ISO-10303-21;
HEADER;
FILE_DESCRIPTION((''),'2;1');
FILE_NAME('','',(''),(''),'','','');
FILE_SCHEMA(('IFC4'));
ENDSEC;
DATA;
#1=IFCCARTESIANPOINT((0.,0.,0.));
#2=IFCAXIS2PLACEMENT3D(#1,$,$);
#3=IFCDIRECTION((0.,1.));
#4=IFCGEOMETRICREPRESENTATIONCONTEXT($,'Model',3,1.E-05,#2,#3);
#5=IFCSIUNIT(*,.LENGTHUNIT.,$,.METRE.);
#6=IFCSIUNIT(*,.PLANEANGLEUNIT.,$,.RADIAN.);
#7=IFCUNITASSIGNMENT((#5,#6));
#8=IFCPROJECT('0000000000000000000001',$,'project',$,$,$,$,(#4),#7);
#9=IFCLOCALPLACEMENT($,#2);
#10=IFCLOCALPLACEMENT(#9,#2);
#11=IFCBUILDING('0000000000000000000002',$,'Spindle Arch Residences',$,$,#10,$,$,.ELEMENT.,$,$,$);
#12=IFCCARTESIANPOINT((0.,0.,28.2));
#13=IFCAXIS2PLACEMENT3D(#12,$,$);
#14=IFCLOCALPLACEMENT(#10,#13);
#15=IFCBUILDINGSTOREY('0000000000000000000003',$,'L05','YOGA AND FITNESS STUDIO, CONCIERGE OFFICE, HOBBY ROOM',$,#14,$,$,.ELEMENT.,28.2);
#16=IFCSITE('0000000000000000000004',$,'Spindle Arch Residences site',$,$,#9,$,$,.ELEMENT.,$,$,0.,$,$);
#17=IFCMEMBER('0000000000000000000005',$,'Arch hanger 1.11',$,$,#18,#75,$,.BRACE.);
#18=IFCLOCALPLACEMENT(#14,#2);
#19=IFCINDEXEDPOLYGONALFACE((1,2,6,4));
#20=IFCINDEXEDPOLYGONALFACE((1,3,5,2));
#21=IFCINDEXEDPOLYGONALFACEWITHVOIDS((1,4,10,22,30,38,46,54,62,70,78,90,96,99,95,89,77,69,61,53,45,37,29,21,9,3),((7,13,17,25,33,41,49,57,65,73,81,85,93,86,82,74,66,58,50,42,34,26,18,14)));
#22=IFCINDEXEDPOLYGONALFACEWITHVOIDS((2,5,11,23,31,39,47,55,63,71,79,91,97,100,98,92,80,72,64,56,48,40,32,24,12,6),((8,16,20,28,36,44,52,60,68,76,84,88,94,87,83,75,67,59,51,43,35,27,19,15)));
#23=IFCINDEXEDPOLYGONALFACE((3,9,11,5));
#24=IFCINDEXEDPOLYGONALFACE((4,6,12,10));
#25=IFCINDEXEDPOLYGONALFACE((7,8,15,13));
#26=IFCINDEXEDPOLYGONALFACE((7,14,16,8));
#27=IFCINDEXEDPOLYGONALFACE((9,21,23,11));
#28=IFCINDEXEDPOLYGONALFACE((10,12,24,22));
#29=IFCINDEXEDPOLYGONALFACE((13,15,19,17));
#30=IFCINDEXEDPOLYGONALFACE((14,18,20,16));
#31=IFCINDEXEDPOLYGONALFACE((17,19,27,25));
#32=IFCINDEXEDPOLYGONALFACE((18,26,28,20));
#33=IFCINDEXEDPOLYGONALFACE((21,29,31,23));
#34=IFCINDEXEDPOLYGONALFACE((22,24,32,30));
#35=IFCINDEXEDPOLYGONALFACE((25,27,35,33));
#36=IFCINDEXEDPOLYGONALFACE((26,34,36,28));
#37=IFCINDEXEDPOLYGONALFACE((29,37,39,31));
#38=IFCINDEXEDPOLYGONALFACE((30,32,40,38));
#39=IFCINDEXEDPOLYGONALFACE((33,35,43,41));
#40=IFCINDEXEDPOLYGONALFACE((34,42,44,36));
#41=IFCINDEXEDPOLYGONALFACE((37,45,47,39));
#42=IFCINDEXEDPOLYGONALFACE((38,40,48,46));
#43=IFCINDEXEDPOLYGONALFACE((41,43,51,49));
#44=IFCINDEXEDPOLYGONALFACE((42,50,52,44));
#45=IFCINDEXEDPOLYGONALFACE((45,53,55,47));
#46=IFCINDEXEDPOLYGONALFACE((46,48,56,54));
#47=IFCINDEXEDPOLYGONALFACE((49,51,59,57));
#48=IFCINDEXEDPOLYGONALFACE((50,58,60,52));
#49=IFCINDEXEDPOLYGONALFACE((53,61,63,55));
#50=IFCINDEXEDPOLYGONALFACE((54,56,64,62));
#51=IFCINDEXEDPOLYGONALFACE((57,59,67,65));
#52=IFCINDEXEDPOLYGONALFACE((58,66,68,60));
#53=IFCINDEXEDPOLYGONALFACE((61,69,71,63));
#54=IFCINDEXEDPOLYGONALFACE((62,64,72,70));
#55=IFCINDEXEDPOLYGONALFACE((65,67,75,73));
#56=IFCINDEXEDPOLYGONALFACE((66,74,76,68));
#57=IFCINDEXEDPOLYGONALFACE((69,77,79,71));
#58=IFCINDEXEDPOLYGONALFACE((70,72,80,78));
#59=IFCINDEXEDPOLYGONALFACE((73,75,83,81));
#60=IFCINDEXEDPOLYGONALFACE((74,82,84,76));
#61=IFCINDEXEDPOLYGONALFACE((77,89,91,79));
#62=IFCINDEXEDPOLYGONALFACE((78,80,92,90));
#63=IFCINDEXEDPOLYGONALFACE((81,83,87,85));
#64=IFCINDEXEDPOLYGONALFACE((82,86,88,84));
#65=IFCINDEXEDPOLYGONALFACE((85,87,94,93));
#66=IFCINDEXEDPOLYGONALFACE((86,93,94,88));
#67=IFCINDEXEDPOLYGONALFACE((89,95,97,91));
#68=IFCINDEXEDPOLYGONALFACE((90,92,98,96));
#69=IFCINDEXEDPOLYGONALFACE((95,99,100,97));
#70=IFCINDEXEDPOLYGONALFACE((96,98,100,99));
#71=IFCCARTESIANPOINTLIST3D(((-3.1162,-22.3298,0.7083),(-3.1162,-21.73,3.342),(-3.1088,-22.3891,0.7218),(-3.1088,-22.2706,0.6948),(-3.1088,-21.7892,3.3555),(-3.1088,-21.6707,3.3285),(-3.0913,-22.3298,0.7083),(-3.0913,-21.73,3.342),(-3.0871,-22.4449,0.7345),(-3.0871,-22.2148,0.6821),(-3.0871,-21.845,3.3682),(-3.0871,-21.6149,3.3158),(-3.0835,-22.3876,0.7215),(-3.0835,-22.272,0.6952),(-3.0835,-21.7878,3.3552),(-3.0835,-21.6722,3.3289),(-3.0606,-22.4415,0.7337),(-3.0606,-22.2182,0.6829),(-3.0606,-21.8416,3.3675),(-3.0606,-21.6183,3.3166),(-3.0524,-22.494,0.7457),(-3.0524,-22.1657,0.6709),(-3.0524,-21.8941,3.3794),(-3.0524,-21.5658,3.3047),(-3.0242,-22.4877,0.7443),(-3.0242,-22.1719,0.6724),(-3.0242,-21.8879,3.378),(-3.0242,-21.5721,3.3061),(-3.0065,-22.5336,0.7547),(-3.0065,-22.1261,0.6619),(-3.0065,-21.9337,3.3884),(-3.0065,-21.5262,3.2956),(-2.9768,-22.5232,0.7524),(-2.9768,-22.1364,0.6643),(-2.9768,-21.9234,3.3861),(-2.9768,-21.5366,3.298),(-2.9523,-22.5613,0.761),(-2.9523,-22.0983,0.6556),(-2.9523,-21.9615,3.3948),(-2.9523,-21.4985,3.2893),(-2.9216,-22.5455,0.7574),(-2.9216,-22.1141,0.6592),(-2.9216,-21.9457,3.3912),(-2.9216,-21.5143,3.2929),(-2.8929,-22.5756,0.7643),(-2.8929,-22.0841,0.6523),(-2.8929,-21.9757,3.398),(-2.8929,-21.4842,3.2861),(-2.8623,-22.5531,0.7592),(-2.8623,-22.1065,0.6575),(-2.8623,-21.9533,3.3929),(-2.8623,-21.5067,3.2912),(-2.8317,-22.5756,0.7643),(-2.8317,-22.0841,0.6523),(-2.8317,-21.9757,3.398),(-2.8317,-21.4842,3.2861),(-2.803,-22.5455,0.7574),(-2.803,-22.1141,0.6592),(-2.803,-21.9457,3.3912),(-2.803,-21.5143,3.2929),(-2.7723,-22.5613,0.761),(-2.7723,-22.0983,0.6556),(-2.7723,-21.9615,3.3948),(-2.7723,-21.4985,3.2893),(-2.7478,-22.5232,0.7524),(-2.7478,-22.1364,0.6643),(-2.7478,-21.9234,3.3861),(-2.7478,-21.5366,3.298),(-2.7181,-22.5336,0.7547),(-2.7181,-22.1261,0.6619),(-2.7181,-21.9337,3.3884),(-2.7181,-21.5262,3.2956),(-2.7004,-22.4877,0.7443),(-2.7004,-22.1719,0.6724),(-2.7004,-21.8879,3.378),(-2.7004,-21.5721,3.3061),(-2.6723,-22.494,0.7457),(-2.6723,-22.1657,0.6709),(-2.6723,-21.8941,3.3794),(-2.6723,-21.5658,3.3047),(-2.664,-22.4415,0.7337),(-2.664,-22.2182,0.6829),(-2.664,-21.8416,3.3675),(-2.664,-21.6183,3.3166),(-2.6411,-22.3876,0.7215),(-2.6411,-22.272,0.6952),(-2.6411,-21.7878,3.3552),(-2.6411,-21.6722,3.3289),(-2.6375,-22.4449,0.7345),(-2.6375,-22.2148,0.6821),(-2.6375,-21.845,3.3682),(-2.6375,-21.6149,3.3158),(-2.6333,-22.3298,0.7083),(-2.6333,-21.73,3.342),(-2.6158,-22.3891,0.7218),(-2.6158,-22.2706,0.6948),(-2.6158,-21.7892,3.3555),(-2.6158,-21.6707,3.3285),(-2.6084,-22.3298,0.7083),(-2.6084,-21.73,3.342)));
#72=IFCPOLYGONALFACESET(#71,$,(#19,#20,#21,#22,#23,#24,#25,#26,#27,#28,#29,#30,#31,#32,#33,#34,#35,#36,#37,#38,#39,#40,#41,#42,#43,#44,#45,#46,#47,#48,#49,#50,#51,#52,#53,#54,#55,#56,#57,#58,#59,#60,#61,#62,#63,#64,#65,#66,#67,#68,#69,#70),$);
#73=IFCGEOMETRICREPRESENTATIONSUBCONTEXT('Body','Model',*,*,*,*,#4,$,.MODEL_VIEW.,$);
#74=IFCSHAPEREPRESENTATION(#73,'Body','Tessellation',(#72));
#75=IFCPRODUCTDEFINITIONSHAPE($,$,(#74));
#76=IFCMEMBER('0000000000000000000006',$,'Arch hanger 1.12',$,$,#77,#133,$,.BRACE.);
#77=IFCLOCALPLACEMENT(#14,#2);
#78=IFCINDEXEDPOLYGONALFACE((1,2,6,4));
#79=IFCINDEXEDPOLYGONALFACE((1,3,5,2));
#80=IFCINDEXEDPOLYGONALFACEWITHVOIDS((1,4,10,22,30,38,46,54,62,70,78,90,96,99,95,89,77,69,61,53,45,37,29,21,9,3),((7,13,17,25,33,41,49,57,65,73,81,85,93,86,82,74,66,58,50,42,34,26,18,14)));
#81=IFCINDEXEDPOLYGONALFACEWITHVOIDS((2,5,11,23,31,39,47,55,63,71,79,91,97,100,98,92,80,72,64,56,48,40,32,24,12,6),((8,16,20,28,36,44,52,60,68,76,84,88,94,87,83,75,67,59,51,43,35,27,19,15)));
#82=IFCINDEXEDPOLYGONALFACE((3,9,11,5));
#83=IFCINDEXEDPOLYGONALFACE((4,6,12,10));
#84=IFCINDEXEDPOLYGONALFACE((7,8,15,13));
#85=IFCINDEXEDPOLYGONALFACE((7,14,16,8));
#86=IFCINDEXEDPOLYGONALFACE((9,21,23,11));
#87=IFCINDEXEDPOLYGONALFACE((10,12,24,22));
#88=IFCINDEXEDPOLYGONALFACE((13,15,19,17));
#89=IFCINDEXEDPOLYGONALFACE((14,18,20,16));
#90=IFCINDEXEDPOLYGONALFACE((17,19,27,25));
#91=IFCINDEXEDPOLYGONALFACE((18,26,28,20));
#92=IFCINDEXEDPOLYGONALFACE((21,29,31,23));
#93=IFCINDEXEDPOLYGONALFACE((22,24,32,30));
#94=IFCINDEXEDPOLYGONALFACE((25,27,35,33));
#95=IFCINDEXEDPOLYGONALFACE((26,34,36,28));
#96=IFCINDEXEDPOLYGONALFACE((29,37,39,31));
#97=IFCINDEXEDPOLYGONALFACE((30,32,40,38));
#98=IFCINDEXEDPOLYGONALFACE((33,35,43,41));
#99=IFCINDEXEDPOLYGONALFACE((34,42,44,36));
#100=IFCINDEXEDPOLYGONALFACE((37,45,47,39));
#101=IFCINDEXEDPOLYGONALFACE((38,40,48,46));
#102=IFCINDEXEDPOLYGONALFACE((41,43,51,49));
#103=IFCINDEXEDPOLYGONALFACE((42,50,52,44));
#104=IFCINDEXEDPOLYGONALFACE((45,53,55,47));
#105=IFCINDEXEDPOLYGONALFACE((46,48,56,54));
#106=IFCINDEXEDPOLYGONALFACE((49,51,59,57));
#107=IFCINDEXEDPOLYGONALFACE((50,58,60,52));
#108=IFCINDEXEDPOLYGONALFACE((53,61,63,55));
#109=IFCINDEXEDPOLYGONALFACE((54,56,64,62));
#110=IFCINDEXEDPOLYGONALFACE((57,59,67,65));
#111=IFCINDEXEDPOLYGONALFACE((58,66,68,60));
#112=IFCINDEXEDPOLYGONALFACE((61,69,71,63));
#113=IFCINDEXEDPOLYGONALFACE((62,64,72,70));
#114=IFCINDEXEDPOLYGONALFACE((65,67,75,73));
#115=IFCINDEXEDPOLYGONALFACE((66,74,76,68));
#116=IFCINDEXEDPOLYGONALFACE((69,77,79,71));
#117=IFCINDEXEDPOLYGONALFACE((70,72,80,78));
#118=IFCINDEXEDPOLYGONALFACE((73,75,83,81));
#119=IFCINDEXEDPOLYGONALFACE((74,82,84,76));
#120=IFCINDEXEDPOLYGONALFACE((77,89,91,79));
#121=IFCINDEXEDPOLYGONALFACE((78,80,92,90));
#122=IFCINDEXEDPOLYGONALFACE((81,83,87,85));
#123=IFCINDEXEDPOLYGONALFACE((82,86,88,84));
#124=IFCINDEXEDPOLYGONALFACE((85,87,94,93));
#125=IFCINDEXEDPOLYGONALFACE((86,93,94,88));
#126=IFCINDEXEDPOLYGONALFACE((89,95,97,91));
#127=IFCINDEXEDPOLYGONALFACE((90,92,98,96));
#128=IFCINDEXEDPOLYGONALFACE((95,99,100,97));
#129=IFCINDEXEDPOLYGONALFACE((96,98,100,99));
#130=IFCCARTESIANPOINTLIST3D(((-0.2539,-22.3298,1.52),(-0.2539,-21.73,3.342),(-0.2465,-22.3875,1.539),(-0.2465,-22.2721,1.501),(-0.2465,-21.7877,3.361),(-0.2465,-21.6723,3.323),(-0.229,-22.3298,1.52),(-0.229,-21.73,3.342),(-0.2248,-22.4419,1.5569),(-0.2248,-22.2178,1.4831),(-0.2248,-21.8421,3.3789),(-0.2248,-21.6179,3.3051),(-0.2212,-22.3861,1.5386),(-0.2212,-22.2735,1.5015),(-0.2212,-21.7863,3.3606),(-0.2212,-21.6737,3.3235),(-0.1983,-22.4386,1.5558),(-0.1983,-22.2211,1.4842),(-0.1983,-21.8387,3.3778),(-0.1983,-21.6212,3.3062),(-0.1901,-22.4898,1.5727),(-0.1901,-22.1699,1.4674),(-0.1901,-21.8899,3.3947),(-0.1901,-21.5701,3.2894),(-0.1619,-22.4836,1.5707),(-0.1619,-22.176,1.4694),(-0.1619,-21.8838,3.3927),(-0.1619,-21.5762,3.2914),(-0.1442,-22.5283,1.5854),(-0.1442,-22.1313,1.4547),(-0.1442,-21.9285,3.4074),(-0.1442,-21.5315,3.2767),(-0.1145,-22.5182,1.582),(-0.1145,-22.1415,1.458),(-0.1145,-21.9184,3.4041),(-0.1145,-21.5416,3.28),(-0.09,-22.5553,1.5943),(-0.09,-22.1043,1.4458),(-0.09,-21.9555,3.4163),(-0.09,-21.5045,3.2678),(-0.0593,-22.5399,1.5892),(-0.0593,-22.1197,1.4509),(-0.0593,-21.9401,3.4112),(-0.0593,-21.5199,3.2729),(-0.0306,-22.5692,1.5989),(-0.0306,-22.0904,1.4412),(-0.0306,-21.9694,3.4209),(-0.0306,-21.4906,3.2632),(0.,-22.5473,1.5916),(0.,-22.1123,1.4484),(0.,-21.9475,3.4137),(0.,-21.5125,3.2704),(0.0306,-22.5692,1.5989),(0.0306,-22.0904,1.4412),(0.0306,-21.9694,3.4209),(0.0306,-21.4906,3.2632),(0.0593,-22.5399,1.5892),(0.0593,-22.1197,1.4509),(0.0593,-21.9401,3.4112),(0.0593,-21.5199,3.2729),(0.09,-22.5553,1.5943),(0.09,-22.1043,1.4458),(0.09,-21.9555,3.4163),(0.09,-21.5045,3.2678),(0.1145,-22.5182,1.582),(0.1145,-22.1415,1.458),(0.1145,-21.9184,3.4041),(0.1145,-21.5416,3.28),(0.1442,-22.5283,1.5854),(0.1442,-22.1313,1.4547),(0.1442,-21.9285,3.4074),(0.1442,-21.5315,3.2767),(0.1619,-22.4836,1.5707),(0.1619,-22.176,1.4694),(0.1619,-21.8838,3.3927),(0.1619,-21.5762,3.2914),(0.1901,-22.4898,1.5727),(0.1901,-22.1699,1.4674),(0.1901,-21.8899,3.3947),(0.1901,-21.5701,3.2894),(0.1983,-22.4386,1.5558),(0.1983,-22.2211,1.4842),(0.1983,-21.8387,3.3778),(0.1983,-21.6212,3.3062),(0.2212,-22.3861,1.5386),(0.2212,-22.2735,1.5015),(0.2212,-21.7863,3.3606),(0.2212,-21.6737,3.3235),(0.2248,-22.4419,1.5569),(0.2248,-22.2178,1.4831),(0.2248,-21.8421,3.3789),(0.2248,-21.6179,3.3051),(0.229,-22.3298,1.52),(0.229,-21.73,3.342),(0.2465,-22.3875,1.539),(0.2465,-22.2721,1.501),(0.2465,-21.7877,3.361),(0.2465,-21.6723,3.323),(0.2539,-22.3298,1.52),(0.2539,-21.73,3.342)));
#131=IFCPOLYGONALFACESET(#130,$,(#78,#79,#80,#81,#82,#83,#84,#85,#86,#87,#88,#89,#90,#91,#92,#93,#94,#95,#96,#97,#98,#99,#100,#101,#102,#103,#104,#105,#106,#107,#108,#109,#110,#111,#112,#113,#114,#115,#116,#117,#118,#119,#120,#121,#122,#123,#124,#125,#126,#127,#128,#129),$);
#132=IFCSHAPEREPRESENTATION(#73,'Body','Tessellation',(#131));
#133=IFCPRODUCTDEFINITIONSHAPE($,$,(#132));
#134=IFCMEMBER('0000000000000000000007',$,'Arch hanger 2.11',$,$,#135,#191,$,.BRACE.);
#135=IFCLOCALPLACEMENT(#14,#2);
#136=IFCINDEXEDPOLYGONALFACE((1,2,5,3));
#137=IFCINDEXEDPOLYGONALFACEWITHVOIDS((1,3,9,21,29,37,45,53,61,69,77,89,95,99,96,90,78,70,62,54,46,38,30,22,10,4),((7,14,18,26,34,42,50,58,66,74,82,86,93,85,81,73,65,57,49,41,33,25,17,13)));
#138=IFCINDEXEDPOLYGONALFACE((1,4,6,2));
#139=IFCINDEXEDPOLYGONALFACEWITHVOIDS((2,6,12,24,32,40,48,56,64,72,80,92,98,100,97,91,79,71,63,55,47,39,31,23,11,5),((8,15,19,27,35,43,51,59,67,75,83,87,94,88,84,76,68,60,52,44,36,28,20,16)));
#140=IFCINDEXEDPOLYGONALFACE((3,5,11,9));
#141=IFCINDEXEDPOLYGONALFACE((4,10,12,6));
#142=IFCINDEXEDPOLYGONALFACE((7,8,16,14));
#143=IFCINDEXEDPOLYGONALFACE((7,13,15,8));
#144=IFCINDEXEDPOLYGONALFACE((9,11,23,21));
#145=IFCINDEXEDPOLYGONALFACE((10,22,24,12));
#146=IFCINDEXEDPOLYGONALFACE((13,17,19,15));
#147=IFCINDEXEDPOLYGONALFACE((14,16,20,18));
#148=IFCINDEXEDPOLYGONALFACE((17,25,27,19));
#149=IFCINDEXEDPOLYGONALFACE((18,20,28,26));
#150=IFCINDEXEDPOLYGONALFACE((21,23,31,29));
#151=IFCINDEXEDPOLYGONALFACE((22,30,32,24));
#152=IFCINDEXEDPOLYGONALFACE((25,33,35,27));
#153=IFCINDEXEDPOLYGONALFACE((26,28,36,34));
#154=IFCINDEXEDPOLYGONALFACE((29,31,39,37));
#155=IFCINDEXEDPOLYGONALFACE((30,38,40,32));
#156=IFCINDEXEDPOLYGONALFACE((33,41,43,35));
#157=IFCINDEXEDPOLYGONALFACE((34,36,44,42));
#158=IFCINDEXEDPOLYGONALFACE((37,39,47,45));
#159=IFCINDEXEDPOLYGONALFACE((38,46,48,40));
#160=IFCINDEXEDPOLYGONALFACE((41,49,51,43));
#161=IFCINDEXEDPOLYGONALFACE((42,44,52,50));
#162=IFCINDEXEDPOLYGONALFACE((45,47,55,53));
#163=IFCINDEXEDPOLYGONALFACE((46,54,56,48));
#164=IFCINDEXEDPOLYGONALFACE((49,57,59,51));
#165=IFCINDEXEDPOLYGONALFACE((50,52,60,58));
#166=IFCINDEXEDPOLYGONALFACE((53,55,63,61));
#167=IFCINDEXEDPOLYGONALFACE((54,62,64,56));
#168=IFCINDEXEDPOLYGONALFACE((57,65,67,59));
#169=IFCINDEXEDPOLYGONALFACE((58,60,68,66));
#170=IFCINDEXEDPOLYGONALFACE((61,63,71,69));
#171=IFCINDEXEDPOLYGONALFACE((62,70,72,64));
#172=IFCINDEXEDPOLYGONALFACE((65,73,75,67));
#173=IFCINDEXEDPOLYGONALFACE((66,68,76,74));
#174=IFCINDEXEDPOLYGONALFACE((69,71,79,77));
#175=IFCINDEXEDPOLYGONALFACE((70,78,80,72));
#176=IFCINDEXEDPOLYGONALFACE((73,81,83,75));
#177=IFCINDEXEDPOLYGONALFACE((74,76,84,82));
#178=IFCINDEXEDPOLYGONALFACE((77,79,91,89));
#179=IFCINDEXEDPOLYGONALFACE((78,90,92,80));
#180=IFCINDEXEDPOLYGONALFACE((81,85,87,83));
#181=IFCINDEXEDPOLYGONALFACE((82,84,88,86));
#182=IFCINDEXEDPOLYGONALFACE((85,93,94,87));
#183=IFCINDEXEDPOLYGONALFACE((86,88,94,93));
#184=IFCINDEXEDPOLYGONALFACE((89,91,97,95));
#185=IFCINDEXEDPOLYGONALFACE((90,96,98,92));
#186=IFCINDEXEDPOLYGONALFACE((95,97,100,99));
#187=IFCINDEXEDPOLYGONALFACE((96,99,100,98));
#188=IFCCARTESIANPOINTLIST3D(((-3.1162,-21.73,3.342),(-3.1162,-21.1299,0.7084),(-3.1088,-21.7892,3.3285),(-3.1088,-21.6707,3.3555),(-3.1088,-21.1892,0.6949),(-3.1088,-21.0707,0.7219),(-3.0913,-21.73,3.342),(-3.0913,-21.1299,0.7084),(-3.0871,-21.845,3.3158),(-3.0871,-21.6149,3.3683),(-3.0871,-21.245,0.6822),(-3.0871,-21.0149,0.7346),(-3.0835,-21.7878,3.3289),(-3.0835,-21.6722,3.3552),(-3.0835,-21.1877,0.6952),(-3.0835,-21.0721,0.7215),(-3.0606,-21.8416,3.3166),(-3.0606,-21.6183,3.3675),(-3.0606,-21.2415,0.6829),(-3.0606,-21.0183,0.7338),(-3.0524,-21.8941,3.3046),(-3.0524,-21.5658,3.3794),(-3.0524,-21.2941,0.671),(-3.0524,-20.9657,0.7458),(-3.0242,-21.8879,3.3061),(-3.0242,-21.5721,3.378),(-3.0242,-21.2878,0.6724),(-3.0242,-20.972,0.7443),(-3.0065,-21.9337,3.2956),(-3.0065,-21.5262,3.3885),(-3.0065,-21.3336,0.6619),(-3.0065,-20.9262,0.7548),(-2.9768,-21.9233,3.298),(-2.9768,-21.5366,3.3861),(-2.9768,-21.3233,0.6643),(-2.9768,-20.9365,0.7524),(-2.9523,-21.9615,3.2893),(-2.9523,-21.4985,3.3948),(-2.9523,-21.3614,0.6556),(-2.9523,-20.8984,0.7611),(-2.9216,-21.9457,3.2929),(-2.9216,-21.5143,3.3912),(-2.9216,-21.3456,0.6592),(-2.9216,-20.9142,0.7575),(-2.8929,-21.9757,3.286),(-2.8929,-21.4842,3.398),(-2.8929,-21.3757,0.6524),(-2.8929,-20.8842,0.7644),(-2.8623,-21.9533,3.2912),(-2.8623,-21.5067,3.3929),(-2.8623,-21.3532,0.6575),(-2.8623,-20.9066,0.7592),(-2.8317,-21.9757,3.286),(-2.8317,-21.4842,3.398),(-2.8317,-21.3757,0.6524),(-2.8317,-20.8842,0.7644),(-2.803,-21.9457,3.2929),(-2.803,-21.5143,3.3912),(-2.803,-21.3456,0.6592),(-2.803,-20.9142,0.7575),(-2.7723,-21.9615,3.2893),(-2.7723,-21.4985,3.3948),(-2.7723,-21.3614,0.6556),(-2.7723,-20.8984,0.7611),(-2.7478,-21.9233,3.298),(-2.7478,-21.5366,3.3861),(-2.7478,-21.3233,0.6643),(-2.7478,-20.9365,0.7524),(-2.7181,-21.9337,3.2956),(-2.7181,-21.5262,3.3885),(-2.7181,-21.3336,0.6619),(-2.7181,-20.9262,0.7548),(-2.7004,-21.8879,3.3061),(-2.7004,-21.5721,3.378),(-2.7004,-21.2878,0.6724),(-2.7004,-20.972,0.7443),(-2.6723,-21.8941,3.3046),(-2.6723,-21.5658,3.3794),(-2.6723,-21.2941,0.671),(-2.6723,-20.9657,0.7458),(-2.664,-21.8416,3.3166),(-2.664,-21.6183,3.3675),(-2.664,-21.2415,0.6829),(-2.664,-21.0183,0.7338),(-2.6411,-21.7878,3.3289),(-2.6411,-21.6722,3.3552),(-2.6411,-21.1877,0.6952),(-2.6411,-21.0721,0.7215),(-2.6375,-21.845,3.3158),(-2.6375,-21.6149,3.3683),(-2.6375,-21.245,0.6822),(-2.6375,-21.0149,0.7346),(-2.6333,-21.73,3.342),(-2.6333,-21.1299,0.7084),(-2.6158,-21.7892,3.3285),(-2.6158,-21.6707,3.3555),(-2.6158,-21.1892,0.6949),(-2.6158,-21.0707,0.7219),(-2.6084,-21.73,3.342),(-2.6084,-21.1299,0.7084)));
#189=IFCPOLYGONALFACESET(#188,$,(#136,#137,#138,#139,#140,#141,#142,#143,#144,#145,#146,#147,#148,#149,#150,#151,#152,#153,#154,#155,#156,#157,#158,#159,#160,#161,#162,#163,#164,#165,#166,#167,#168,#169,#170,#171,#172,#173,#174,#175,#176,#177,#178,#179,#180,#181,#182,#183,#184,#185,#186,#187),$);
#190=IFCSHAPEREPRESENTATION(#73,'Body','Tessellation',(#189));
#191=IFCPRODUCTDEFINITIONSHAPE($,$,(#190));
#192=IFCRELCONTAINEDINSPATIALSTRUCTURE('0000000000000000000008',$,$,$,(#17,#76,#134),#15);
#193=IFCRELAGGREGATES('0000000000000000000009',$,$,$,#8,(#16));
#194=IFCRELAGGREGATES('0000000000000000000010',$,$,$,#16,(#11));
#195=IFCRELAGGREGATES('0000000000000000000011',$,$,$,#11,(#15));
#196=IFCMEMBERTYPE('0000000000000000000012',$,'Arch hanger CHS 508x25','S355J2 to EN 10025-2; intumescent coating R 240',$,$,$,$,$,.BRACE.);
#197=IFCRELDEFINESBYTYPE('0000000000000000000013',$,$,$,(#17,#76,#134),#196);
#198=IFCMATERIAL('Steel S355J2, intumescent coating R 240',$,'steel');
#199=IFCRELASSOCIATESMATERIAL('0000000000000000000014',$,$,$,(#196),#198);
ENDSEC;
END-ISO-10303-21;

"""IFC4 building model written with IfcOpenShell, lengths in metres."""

from ifc_helpers import new_model, si_unit, direction, frame, origin, origin_2d, place, context, subcontext, project, spatial, hollow_circle, extrude, material, material_profile, profile_set, type_object, element, save


model = new_model("IFC4")

# Units and contexts
model_context = context("Model", 3, precision=1e-05, world=origin(), true_north=direction((0.0, 1.0)))
body_context = subcontext(model_context, "Body", "Model", "MODEL_VIEW")
ifc_project = project(units=[si_unit("LENGTHUNIT", "METRE"), si_unit("PLANEANGLEUNIT", "RADIAN")], contexts=[model_context])

# Site, building, storey
site_placement = place(None, origin())
site = spatial("IfcSite", under=ifc_project, at=site_placement, Name="Spindle Arch Residences site", CompositionType="ELEMENT", RefElevation=0.0)
building_placement = place(site_placement, origin())
building = spatial("IfcBuilding", under=site, at=building_placement, Name="Spindle Arch Residences", CompositionType="ELEMENT")
storey_placement = place(building_placement, frame((0.0, 0.0, 28.2)))
storey = spatial("IfcBuildingStorey", under=building, at=storey_placement, Name="L05", Description="YOGA AND FITNESS STUDIO, CONCIERGE OFFICE, HOBBY ROOM", CompositionType="ELEMENT", Elevation=28.2)

# Members
ifc_material_1 = material(Name="Steel S355J2, intumescent coating R 240", Category="steel")
ifc_material_profile_1 = material_profile(ifc_material_1, hollow_circle(Radius=0.2539, WallThickness=0.0249, at=origin_2d()), Name="CHS 508x25")
ifc_profile_set_1 = profile_set([ifc_material_profile_1], Name="Steel S355J2, intumescent coating R 240")
member_type_1 = type_object("IfcMemberType", Name="Arch hanger CHS 508x25", Description="S355J2 to EN 10025-2; intumescent coating R 240", PredefinedType="BRACE", material=ifc_profile_set_1)
member_1_placement = place(storey_placement, frame((-2.8623, -21.73, 3.342), z_axis=(0.0, -0.222066, -0.975032), x_axis=(1.0, 0.0, 0.0)))
element("IfcMember", 1, at=member_1_placement, inside=storey, type_object=member_type_1, Name="Arch hanger 1.11", PredefinedType="BRACE", context=body_context, shape_type="SweptSolid", body=[
    extrude(hollow_circle(Radius=0.2539, WallThickness=0.0249, at=origin_2d()), origin(), (0.0, 0.0, 1.0), 2.7012),
])
member_2_placement = place(storey_placement, frame((0.0, -21.73, 3.342), z_axis=(0.0, -0.312713, -0.949848), x_axis=(1.0, 0.0, 0.0)))
element("IfcMember", 2, at=member_2_placement, inside=storey, type_object=member_type_1, Name="Arch hanger 1.12", PredefinedType="BRACE", context=body_context, shape_type="SweptSolid", body=[
    extrude(hollow_circle(Radius=0.2539, WallThickness=0.0249, at=origin_2d()), origin(), (0.0, 0.0, 1.0), 1.9182),
])
member_3_placement = place(storey_placement, frame((-2.8623, -21.73, 3.342), z_axis=(0.0, 0.222152, -0.975012), x_axis=(-1.0, 0.0, 0.0)))
element("IfcMember", 3, at=member_3_placement, inside=storey, type_object=member_type_1, Name="Arch hanger 2.11", PredefinedType="BRACE", context=body_context, shape_type="SweptSolid", body=[
    extrude(hollow_circle(Radius=0.2539, WallThickness=0.0249, at=origin_2d()), origin(), (0.0, 0.0, 1.0), 2.7012),
])

save(model, "model.ifc")
